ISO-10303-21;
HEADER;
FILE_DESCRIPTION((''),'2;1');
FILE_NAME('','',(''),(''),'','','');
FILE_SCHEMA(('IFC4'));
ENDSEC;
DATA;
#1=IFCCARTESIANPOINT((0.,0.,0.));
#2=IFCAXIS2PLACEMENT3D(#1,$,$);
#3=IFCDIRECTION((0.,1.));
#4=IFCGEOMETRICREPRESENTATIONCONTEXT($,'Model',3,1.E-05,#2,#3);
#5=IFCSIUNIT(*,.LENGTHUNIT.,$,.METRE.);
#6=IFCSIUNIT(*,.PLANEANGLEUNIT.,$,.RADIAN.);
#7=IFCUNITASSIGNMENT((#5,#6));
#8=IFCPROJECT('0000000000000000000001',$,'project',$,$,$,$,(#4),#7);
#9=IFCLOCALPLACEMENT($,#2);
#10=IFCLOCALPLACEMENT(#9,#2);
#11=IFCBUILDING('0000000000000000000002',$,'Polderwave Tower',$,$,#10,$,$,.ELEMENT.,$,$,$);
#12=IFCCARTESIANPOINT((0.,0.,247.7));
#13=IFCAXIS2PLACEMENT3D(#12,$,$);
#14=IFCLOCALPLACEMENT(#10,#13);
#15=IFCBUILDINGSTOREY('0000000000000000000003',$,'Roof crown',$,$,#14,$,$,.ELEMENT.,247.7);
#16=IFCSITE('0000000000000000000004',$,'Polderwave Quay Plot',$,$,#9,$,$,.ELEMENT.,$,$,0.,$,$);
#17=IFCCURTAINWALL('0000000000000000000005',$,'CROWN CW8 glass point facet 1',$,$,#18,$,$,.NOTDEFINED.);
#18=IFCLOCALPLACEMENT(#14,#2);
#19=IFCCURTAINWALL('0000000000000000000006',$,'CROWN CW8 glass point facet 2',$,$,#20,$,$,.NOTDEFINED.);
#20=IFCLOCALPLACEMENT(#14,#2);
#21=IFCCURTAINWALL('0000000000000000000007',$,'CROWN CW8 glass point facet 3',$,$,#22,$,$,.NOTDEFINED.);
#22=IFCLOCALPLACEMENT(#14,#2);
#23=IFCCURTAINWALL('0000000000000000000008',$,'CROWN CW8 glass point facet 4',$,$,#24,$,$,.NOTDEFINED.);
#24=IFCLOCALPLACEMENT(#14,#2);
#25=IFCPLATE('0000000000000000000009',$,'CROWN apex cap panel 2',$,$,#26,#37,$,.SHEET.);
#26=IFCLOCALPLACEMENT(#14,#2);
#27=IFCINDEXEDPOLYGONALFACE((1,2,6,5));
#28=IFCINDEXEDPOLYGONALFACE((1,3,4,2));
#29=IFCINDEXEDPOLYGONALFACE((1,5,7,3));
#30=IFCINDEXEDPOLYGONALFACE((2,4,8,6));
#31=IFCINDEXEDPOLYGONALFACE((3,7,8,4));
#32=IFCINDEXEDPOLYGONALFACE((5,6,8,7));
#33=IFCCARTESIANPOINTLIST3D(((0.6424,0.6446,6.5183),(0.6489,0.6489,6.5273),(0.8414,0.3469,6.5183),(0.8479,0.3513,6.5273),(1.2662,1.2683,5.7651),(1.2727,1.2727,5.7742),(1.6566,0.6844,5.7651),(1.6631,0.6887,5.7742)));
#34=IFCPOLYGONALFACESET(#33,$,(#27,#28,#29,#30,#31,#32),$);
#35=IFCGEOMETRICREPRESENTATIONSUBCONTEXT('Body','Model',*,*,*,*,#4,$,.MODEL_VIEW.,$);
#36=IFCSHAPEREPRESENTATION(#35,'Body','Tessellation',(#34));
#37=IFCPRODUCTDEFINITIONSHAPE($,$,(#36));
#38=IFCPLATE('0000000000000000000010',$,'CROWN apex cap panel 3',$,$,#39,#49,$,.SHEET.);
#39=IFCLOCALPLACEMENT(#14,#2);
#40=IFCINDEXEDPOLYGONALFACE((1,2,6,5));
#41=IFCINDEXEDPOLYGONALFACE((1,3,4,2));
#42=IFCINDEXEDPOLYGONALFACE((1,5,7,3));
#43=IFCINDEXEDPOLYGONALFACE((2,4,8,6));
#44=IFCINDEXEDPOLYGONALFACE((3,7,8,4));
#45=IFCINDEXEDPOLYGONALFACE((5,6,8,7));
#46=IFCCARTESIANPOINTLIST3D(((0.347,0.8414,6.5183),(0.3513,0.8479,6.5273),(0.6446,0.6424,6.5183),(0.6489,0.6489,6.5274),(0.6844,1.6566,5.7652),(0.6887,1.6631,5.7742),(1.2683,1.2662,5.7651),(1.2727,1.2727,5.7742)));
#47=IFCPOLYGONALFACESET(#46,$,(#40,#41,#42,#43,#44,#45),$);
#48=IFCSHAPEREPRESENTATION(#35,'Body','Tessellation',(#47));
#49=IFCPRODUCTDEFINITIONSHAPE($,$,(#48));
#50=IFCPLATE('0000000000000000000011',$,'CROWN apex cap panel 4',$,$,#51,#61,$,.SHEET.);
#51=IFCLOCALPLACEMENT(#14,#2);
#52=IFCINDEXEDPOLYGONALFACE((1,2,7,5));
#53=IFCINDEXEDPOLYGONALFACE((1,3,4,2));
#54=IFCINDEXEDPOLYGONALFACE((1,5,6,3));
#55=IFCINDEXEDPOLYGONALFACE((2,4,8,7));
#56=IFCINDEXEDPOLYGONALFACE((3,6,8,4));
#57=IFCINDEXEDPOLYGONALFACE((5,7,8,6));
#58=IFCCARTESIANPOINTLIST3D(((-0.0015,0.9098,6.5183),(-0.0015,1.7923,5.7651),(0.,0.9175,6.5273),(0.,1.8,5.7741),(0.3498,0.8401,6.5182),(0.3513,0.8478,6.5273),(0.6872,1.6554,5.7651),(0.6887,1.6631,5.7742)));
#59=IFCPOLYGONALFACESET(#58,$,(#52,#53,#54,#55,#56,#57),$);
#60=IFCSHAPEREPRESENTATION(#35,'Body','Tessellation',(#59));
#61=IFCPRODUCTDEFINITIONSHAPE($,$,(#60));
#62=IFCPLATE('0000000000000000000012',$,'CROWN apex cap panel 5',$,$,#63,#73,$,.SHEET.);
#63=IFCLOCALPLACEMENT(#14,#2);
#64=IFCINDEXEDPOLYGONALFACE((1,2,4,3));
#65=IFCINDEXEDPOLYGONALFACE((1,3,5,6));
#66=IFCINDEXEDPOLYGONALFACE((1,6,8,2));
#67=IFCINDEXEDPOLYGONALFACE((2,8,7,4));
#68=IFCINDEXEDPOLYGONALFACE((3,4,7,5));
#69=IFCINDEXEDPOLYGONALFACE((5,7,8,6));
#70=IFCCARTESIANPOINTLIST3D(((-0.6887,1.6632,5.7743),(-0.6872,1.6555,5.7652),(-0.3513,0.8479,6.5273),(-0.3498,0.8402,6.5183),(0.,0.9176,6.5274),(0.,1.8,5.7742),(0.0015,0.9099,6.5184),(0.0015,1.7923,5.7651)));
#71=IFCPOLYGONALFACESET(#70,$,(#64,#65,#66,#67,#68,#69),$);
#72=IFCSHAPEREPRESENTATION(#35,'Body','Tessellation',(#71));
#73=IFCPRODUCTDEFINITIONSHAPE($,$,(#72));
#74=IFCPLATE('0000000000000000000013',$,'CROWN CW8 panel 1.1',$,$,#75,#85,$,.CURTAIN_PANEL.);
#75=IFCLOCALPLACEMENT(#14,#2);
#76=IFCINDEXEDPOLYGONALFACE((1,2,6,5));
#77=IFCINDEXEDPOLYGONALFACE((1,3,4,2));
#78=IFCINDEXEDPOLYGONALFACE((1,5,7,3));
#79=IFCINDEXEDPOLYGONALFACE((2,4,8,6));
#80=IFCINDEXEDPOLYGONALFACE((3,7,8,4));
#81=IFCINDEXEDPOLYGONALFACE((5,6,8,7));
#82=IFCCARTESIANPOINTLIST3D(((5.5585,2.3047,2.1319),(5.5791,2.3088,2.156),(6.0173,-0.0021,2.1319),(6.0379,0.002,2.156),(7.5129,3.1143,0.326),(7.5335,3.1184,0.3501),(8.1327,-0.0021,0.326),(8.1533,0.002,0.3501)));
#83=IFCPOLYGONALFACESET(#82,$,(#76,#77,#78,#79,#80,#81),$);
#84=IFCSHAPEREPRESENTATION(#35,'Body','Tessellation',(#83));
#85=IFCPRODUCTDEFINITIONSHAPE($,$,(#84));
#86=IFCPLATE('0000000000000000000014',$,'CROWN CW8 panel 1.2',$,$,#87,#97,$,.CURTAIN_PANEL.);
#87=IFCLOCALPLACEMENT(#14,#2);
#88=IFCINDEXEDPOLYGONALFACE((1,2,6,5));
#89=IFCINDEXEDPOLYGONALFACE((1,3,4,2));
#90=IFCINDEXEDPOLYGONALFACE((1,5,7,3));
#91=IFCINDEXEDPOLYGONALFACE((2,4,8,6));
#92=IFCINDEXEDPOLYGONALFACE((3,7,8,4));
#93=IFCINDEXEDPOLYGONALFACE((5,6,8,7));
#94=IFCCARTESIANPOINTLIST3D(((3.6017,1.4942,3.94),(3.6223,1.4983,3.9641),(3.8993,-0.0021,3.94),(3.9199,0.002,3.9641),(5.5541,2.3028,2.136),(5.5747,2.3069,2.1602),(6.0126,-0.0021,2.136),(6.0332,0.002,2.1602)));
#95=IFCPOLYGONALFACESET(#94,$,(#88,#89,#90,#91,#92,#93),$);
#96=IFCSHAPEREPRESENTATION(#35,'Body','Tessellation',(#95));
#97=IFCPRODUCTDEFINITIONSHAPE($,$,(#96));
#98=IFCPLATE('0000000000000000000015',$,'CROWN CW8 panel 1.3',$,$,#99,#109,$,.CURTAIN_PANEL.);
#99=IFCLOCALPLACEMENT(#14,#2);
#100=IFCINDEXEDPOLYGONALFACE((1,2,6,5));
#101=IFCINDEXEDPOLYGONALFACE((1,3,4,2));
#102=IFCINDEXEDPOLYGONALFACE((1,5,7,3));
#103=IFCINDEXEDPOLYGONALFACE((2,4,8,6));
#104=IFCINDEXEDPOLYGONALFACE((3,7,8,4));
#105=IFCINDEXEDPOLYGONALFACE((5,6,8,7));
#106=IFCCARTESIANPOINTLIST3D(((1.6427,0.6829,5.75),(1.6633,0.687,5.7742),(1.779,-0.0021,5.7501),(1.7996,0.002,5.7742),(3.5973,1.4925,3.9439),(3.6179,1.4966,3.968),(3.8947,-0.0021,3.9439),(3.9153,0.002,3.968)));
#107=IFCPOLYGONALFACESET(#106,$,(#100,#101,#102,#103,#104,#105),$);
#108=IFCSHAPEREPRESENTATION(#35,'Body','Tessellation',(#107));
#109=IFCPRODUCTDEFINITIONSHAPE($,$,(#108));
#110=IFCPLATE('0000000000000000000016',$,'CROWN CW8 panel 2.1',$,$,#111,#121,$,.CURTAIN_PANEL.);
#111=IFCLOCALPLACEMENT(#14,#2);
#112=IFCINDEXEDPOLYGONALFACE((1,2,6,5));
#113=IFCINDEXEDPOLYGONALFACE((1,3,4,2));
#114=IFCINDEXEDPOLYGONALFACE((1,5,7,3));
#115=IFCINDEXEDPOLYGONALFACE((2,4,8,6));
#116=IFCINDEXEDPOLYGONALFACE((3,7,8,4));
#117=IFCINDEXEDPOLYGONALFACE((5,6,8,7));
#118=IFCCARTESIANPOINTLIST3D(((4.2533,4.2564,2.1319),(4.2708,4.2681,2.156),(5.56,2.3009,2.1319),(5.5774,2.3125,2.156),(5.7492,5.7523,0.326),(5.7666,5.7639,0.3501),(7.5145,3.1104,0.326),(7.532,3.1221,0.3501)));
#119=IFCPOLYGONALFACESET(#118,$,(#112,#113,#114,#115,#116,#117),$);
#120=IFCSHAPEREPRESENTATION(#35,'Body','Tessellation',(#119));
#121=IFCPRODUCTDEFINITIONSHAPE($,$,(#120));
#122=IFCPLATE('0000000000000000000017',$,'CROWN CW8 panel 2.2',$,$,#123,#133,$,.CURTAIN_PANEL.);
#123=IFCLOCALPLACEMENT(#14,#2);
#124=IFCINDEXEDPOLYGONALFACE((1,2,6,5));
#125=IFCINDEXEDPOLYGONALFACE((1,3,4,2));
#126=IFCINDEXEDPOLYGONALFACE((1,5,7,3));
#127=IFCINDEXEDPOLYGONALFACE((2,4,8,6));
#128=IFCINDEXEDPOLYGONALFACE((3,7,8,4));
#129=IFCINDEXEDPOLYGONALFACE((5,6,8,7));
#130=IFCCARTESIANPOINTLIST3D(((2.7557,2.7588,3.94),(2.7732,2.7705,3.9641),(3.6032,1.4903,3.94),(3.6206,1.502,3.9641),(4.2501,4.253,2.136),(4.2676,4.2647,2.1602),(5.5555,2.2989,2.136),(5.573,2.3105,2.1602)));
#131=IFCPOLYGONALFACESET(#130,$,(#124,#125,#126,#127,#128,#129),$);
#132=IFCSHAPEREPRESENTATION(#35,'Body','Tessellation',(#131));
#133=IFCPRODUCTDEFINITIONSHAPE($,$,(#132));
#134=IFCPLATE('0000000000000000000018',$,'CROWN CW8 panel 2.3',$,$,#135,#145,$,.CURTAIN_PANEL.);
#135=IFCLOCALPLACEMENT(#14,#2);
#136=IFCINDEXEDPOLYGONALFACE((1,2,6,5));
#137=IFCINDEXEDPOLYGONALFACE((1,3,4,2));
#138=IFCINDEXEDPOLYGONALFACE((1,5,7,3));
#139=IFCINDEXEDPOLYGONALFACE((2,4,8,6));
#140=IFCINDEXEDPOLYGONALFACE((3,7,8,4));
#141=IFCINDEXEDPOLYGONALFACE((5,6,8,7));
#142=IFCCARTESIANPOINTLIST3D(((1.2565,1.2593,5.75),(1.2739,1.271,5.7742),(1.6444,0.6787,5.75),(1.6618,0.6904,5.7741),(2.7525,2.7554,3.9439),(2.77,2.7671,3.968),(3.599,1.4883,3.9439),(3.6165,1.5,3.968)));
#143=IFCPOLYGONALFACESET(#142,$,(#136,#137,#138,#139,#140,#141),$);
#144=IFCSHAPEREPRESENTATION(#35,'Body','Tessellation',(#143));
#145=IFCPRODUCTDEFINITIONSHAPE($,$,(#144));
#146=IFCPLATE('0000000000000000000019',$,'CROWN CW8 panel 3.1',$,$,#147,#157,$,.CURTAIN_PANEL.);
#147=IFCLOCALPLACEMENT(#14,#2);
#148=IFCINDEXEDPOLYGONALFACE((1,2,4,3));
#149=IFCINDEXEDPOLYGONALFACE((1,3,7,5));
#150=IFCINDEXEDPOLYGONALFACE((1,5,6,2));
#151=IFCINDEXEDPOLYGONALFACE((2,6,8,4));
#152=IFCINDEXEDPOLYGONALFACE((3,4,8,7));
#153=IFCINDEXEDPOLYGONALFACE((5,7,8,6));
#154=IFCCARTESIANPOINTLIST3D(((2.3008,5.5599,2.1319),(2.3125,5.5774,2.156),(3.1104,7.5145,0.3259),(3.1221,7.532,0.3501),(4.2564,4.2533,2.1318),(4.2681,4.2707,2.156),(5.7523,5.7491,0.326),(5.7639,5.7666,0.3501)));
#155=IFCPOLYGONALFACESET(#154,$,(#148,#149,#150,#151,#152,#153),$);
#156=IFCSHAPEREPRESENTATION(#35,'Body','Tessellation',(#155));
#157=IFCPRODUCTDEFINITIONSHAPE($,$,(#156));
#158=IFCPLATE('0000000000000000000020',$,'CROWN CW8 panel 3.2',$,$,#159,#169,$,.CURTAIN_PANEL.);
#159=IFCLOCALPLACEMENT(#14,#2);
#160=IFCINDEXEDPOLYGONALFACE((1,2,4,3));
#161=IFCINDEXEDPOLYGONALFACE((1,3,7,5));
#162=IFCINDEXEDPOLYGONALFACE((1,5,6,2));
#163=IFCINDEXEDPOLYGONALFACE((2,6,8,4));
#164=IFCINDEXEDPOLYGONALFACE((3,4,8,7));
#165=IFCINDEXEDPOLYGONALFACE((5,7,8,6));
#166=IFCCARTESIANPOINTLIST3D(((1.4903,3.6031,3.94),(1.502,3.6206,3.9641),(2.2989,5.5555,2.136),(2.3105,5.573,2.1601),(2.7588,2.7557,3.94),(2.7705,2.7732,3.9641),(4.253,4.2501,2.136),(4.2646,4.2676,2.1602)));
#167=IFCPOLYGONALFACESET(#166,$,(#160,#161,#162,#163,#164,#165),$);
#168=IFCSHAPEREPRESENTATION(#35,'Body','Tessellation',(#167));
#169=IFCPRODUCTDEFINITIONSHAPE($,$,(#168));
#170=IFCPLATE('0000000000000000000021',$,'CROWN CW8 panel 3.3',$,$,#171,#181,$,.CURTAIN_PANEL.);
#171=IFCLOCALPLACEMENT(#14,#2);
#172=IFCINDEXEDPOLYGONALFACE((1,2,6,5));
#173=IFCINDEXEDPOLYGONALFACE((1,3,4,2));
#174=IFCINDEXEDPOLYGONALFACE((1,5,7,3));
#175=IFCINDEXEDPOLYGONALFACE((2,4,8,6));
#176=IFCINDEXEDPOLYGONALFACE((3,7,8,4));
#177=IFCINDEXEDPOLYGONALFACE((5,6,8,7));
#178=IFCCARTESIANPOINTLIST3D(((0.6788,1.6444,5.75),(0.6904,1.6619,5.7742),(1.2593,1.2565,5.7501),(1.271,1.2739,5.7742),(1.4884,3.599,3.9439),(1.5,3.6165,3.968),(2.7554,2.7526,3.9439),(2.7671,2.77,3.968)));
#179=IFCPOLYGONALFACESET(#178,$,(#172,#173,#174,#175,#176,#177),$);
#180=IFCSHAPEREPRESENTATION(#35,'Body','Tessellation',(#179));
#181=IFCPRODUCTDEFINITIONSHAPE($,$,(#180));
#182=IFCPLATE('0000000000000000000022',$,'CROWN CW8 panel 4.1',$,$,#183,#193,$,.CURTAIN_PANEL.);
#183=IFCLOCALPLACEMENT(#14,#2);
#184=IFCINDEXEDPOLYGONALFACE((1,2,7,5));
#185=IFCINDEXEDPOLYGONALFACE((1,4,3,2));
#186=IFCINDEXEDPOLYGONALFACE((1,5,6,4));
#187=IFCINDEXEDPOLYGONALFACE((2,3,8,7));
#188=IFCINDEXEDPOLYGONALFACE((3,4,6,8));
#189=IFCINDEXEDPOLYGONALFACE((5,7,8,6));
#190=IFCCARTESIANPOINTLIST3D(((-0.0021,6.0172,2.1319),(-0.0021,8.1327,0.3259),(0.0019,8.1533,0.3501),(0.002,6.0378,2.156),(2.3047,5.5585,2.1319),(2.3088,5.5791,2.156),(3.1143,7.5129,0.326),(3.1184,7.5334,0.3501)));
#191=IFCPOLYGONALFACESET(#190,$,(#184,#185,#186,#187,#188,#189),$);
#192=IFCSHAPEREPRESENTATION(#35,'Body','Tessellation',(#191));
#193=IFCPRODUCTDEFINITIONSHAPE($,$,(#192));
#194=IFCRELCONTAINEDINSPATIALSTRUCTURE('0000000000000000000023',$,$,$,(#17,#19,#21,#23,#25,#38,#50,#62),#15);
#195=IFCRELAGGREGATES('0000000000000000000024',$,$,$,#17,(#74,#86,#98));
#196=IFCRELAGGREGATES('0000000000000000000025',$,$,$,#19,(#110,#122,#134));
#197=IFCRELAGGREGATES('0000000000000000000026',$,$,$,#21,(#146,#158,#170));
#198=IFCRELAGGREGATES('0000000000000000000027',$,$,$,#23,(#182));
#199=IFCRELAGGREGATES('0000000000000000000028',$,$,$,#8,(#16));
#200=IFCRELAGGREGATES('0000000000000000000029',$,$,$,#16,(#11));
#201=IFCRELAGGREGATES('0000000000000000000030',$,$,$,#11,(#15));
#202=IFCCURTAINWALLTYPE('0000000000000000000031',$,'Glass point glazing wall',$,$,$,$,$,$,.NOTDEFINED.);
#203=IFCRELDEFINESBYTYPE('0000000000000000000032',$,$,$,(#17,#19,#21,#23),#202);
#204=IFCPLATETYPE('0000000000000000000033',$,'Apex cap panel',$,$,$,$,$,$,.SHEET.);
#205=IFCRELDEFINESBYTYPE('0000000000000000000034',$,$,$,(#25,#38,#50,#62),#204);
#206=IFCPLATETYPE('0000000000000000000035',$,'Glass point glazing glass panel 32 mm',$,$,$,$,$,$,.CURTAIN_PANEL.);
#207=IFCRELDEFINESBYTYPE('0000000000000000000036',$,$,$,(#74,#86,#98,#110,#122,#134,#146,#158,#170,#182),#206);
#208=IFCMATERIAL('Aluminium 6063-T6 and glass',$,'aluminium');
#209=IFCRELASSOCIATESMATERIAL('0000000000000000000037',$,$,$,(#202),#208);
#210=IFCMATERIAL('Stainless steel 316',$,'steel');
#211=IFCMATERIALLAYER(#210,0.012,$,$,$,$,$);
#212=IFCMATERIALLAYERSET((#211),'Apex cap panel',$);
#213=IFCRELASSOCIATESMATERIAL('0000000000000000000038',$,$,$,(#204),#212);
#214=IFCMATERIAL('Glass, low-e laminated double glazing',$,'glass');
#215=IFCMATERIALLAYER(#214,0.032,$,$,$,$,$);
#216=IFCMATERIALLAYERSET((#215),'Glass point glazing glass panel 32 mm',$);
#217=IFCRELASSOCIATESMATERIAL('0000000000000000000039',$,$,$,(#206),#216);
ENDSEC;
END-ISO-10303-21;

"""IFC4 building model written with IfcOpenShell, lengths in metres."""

from ifc_helpers import new_model, si_unit, direction, frame, origin, place, context, subcontext, project, spatial, polyline, outline, extrude, material, layer, layer_set, type_object, element, aggregate, save


model = new_model("IFC4")

# Units and contexts
model_context = context("Model", 3, precision=1e-05, world=origin(), true_north=direction((0.0, 1.0)))
body_context = subcontext(model_context, "Body", "Model", "MODEL_VIEW")
ifc_project = project(units=[si_unit("LENGTHUNIT", "METRE"), si_unit("PLANEANGLEUNIT", "RADIAN")], contexts=[model_context])

# Site, building, storey
site_placement = place(None, origin())
site = spatial("IfcSite", under=ifc_project, at=site_placement, Name="Polderwave Quay Plot", CompositionType="ELEMENT", RefElevation=0.0)
building_placement = place(site_placement, origin())
building = spatial("IfcBuilding", under=site, at=building_placement, Name="Polderwave Tower", CompositionType="ELEMENT")
storey_placement = place(building_placement, frame((0.0, 0.0, 247.7)))
storey = spatial("IfcBuildingStorey", under=building, at=storey_placement, Name="Roof crown", CompositionType="ELEMENT", Elevation=247.7)

# Curtain walls
ifc_material_1 = material(Name="Aluminium 6063-T6 and glass", Category="aluminium")
curtain_wall_type = type_object("IfcCurtainWallType", Name="Glass point glazing wall", PredefinedType="NOTDEFINED", material=ifc_material_1)
curtain_wall_1_placement = place(storey_placement, origin())
curtain_wall_1 = element("IfcCurtainWall", 1, at=curtain_wall_1_placement, inside=storey, type_object=curtain_wall_type, Name="CROWN CW8 glass point facet 1", PredefinedType="NOTDEFINED")
curtain_wall_2_placement = place(storey_placement, origin())
curtain_wall_2 = element("IfcCurtainWall", 2, at=curtain_wall_2_placement, inside=storey, type_object=curtain_wall_type, Name="CROWN CW8 glass point facet 2", PredefinedType="NOTDEFINED")
curtain_wall_3_placement = place(storey_placement, origin())
curtain_wall_3 = element("IfcCurtainWall", 3, at=curtain_wall_3_placement, inside=storey, type_object=curtain_wall_type, Name="CROWN CW8 glass point facet 3", PredefinedType="NOTDEFINED")
curtain_wall_4_placement = place(storey_placement, origin())
curtain_wall_4 = element("IfcCurtainWall", 4, at=curtain_wall_4_placement, inside=storey, type_object=curtain_wall_type, Name="CROWN CW8 glass point facet 4", PredefinedType="NOTDEFINED")

# Plates
ifc_material_2 = material(Name="Stainless steel 316", Category="steel")
ifc_layer_1 = layer(ifc_material_2, 0.012)
ifc_layer_set_1 = layer_set([ifc_layer_1], Name="Apex cap panel")
plate_type_1 = type_object("IfcPlateType", Name="Apex cap panel", PredefinedType="SHEET", material=ifc_layer_set_1)
plate_1_placement = place(storey_placement, frame((1.6631, 0.6887, 5.7742), z_axis=(0.545839, 0.3649, 0.75426), x_axis=(-0.555751, 0.831349, -0.000012)))
element("IfcPlate", 5, at=plate_1_placement, inside=storey, type_object=plate_type_1, Name="CROWN apex cap panel 2", PredefinedType="SHEET", context=body_context, shape_type="SweptSolid", body=[
    extrude(outline(polyline([(0.0, 0.0), (0.7024, 0.0), (0.5305, 1.1471), (0.1725, 1.1471), (0.0, 0.0)])), origin(), (0.0, 0.0, -1.0), 0.012),
])
plate_2_placement = place(storey_placement, frame((1.2727, 1.2727, 5.7742), z_axis=(0.3649, 0.545839, 0.75426), x_axis=(-0.831349, 0.555751, 0.000012)))
element("IfcPlate", 6, at=plate_2_placement, inside=storey, type_object=plate_type_1, Name="CROWN apex cap panel 3", PredefinedType="SHEET", context=body_context, shape_type="SweptSolid", body=[
    extrude(outline(polyline([(0.0, 0.0), (0.7024, 0.0), (0.5299, 1.1471), (0.1719, 1.1471), (0.0, 0.0)])), origin(), (0.0, 0.0, -1.0), 0.012),
])
plate_3_placement = place(storey_placement, frame((0.6887, 1.6631, 5.7742), z_axis=(0.127872, 0.643894, 0.754353), x_axis=(-0.980816, 0.194935, -0.000131)))
element("IfcPlate", 7, at=plate_3_placement, inside=storey, type_object=plate_type_1, Name="CROWN apex cap panel 4", PredefinedType="SHEET", context=body_context, shape_type="SweptSolid", body=[
    extrude(outline(polyline([(0.0, 0.0), (0.7022, 0.0), (0.5301, 1.1474), (0.1719, 1.1472), (0.0, 0.0)])), origin(), (0.0, 0.0, -1.0), 0.012),
])
plate_4_placement = place(storey_placement, frame((0.0, 1.8, 5.7742), z_axis=(-0.127872, 0.643894, 0.754353), x_axis=(-0.980816, -0.194935, 0.000131)))
element("IfcPlate", 8, at=plate_4_placement, inside=storey, type_object=plate_type_1, Name="CROWN apex cap panel 5", PredefinedType="SHEET", context=body_context, shape_type="SweptSolid", body=[
    extrude(outline(polyline([(0.0, 0.0), (0.7022, 0.0), (0.5303, 1.1472), (0.1721, 1.1474), (0.0, 0.0)])), origin(), (0.0, 0.0, -1.0), 0.012),
])

# Plates
ifc_material_3 = material(Name="Glass, low-e laminated double glazing", Category="glass")
ifc_layer_2 = layer(ifc_material_3, 0.032)
ifc_layer_set_2 = layer_set([ifc_layer_2], Name="Glass point glazing glass panel 32 mm")
plate_type_2 = type_object("IfcPlateType", Name="Glass point glazing glass panel 32 mm", PredefinedType="CURTAIN_PANEL", material=ifc_layer_set_2)
plate_5_placement = place(storey_placement, frame((8.1533, 0.002, 0.3501), z_axis=(0.643929, 0.128067, 0.75429), x_axis=(-0.195074, 0.980789, 0.000009)))
plate_5 = element("IfcPlate", 9, at=plate_5_placement, type_object=plate_type_2, Name="CROWN CW8 panel 1.1", PredefinedType="CURTAIN_PANEL", context=body_context, shape_type="SweptSolid", body=[
    extrude(outline(polyline([(0.0, 0.0), (3.1775, 0.0), (2.7647, 2.7506), (0.4127, 2.7507), (0.0, 0.0)])), origin(), (0.0, 0.0, -1.0), 0.032),
])
plate_6_placement = place(storey_placement, frame((6.0332, 0.002, 2.1602), z_axis=(0.643906, 0.128078, 0.754308), x_axis=(-0.195092, 0.980785, 0.000005)))
plate_6 = element("IfcPlate", 10, at=plate_6_placement, type_object=plate_type_2, Name="CROWN CW8 panel 1.2", PredefinedType="CURTAIN_PANEL", context=body_context, shape_type="SweptSolid", body=[
    extrude(outline(polyline([(0.0, 0.0), (2.3501, 0.0), (1.9379, 2.7477), (0.4123, 2.7478), (0.0, 0.0)])), origin(), (0.0, 0.0, -1.0), 0.032),
])
plate_7_placement = place(storey_placement, frame((3.9153, 0.002, 3.968), z_axis=(0.643931, 0.128094, 0.754284), x_axis=(-0.195118, 0.98078, 0.000014)))
plate_7 = element("IfcPlate", 11, at=plate_7_placement, type_object=plate_type_2, Name="CROWN CW8 panel 1.3", PredefinedType="CURTAIN_PANEL", context=body_context, shape_type="SweptSolid", body=[
    extrude(outline(polyline([(0.0, 0.0), (1.5239, 0.0), (1.1113, 2.751), (0.4128, 2.751), (0.0, 0.0)])), origin(), (0.0, 0.0, -1.0), 0.032),
])
aggregate(curtain_wall_1, [plate_5, plate_6, plate_7])
plate_8_placement = place(storey_placement, frame((7.532, 3.1221, 0.3501), z_axis=(0.545872, 0.364755, 0.754306), x_axis=(-0.555596, 0.831452, 0.000011)))
plate_8 = element("IfcPlate", 12, at=plate_8_placement, type_object=plate_type_2, Name="CROWN CW8 panel 2.1", PredefinedType="CURTAIN_PANEL", context=body_context, shape_type="SweptSolid", body=[
    extrude(outline(polyline([(0.0, 0.0), (3.1774, 0.0), (2.7648, 2.7507), (0.4129, 2.7508), (0.0, 0.0)])), origin(), (0.0, 0.0, -1.0), 0.032),
])
plate_9_placement = place(storey_placement, frame((5.573, 2.3105, 2.1602), z_axis=(0.54592, 0.364691, 0.754302), x_axis=(-0.555488, 0.831524, 0.000004)))
plate_9 = element("IfcPlate", 13, at=plate_9_placement, type_object=plate_type_2, Name="CROWN CW8 panel 2.2", PredefinedType="CURTAIN_PANEL", context=body_context, shape_type="SweptSolid", body=[
    extrude(outline(polyline([(0.0, 0.0), (2.35, 0.0), (1.9377, 2.7477), (0.4122, 2.7477), (0.0, 0.0)])), origin(), (0.0, 0.0, -1.0), 0.032),
])
plate_10_placement = place(storey_placement, frame((3.6165, 1.5, 3.968), z_axis=(0.545922, 0.364717, 0.754288), x_axis=(-0.555491, 0.831522, -0.000021)))
plate_10 = element("IfcPlate", 14, at=plate_10_placement, type_object=plate_type_2, Name="CROWN CW8 panel 2.3", PredefinedType="CURTAIN_PANEL", context=body_context, shape_type="SweptSolid", body=[
    extrude(outline(polyline([(0.0, 0.0), (1.5238, 0.0), (1.1108, 2.751), (0.4125, 2.751), (0.0, 0.0)])), origin(), (0.0, 0.0, -1.0), 0.032),
])
aggregate(curtain_wall_2, [plate_8, plate_9, plate_10])
plate_11_placement = place(storey_placement, frame((5.7639, 5.7666, 0.3501), z_axis=(0.364755, 0.545872, 0.754306), x_axis=(-0.831452, 0.555596, -0.000011)))
plate_11 = element("IfcPlate", 15, at=plate_11_placement, type_object=plate_type_2, Name="CROWN CW8 panel 3.1", PredefinedType="CURTAIN_PANEL", context=body_context, shape_type="SweptSolid", body=[
    extrude(outline(polyline([(0.0, 0.0), (3.1774, 0.0), (2.7645, 2.7508), (0.4126, 2.7507), (0.0, 0.0)])), origin(), (0.0, 0.0, -1.0), 0.032),
])
plate_12_placement = place(storey_placement, frame((4.2646, 4.2676, 2.1602), z_axis=(0.364691, 0.54592, 0.754302), x_axis=(-0.831524, 0.555488, -0.000004)))
plate_12 = element("IfcPlate", 16, at=plate_12_placement, type_object=plate_type_2, Name="CROWN CW8 panel 3.2", PredefinedType="CURTAIN_PANEL", context=body_context, shape_type="SweptSolid", body=[
    extrude(outline(polyline([(0.0, 0.0), (2.35, 0.0), (1.9379, 2.7477), (0.4123, 2.7477), (0.0, 0.0)])), origin(), (0.0, 0.0, -1.0), 0.032),
])
plate_13_placement = place(storey_placement, frame((2.7671, 2.77, 3.968), z_axis=(0.364717, 0.545922, 0.754288), x_axis=(-0.831522, 0.555491, 0.000021)))
plate_13 = element("IfcPlate", 17, at=plate_13_placement, type_object=plate_type_2, Name="CROWN CW8 panel 3.3", PredefinedType="CURTAIN_PANEL", context=body_context, shape_type="SweptSolid", body=[
    extrude(outline(polyline([(0.0, 0.0), (1.5238, 0.0), (1.1113, 2.751), (0.413, 2.751), (0.0, 0.0)])), origin(), (0.0, 0.0, -1.0), 0.032),
])
aggregate(curtain_wall_3, [plate_11, plate_12, plate_13])
plate_14_placement = place(storey_placement, frame((3.1184, 7.5334, 0.3501), z_axis=(0.128067, 0.643929, 0.75429), x_axis=(-0.980789, 0.195074, -0.000009)))
plate_14 = element("IfcPlate", 18, at=plate_14_placement, type_object=plate_type_2, Name="CROWN CW8 panel 4.1", PredefinedType="CURTAIN_PANEL", context=body_context, shape_type="SweptSolid", body=[
    extrude(outline(polyline([(0.0, 0.0), (3.1775, 0.0), (2.7648, 2.7507), (0.4128, 2.7506), (0.0, 0.0)])), origin(), (0.0, 0.0, -1.0), 0.032),
])
aggregate(curtain_wall_4, [plate_14])

save(model, "model.ifc")
